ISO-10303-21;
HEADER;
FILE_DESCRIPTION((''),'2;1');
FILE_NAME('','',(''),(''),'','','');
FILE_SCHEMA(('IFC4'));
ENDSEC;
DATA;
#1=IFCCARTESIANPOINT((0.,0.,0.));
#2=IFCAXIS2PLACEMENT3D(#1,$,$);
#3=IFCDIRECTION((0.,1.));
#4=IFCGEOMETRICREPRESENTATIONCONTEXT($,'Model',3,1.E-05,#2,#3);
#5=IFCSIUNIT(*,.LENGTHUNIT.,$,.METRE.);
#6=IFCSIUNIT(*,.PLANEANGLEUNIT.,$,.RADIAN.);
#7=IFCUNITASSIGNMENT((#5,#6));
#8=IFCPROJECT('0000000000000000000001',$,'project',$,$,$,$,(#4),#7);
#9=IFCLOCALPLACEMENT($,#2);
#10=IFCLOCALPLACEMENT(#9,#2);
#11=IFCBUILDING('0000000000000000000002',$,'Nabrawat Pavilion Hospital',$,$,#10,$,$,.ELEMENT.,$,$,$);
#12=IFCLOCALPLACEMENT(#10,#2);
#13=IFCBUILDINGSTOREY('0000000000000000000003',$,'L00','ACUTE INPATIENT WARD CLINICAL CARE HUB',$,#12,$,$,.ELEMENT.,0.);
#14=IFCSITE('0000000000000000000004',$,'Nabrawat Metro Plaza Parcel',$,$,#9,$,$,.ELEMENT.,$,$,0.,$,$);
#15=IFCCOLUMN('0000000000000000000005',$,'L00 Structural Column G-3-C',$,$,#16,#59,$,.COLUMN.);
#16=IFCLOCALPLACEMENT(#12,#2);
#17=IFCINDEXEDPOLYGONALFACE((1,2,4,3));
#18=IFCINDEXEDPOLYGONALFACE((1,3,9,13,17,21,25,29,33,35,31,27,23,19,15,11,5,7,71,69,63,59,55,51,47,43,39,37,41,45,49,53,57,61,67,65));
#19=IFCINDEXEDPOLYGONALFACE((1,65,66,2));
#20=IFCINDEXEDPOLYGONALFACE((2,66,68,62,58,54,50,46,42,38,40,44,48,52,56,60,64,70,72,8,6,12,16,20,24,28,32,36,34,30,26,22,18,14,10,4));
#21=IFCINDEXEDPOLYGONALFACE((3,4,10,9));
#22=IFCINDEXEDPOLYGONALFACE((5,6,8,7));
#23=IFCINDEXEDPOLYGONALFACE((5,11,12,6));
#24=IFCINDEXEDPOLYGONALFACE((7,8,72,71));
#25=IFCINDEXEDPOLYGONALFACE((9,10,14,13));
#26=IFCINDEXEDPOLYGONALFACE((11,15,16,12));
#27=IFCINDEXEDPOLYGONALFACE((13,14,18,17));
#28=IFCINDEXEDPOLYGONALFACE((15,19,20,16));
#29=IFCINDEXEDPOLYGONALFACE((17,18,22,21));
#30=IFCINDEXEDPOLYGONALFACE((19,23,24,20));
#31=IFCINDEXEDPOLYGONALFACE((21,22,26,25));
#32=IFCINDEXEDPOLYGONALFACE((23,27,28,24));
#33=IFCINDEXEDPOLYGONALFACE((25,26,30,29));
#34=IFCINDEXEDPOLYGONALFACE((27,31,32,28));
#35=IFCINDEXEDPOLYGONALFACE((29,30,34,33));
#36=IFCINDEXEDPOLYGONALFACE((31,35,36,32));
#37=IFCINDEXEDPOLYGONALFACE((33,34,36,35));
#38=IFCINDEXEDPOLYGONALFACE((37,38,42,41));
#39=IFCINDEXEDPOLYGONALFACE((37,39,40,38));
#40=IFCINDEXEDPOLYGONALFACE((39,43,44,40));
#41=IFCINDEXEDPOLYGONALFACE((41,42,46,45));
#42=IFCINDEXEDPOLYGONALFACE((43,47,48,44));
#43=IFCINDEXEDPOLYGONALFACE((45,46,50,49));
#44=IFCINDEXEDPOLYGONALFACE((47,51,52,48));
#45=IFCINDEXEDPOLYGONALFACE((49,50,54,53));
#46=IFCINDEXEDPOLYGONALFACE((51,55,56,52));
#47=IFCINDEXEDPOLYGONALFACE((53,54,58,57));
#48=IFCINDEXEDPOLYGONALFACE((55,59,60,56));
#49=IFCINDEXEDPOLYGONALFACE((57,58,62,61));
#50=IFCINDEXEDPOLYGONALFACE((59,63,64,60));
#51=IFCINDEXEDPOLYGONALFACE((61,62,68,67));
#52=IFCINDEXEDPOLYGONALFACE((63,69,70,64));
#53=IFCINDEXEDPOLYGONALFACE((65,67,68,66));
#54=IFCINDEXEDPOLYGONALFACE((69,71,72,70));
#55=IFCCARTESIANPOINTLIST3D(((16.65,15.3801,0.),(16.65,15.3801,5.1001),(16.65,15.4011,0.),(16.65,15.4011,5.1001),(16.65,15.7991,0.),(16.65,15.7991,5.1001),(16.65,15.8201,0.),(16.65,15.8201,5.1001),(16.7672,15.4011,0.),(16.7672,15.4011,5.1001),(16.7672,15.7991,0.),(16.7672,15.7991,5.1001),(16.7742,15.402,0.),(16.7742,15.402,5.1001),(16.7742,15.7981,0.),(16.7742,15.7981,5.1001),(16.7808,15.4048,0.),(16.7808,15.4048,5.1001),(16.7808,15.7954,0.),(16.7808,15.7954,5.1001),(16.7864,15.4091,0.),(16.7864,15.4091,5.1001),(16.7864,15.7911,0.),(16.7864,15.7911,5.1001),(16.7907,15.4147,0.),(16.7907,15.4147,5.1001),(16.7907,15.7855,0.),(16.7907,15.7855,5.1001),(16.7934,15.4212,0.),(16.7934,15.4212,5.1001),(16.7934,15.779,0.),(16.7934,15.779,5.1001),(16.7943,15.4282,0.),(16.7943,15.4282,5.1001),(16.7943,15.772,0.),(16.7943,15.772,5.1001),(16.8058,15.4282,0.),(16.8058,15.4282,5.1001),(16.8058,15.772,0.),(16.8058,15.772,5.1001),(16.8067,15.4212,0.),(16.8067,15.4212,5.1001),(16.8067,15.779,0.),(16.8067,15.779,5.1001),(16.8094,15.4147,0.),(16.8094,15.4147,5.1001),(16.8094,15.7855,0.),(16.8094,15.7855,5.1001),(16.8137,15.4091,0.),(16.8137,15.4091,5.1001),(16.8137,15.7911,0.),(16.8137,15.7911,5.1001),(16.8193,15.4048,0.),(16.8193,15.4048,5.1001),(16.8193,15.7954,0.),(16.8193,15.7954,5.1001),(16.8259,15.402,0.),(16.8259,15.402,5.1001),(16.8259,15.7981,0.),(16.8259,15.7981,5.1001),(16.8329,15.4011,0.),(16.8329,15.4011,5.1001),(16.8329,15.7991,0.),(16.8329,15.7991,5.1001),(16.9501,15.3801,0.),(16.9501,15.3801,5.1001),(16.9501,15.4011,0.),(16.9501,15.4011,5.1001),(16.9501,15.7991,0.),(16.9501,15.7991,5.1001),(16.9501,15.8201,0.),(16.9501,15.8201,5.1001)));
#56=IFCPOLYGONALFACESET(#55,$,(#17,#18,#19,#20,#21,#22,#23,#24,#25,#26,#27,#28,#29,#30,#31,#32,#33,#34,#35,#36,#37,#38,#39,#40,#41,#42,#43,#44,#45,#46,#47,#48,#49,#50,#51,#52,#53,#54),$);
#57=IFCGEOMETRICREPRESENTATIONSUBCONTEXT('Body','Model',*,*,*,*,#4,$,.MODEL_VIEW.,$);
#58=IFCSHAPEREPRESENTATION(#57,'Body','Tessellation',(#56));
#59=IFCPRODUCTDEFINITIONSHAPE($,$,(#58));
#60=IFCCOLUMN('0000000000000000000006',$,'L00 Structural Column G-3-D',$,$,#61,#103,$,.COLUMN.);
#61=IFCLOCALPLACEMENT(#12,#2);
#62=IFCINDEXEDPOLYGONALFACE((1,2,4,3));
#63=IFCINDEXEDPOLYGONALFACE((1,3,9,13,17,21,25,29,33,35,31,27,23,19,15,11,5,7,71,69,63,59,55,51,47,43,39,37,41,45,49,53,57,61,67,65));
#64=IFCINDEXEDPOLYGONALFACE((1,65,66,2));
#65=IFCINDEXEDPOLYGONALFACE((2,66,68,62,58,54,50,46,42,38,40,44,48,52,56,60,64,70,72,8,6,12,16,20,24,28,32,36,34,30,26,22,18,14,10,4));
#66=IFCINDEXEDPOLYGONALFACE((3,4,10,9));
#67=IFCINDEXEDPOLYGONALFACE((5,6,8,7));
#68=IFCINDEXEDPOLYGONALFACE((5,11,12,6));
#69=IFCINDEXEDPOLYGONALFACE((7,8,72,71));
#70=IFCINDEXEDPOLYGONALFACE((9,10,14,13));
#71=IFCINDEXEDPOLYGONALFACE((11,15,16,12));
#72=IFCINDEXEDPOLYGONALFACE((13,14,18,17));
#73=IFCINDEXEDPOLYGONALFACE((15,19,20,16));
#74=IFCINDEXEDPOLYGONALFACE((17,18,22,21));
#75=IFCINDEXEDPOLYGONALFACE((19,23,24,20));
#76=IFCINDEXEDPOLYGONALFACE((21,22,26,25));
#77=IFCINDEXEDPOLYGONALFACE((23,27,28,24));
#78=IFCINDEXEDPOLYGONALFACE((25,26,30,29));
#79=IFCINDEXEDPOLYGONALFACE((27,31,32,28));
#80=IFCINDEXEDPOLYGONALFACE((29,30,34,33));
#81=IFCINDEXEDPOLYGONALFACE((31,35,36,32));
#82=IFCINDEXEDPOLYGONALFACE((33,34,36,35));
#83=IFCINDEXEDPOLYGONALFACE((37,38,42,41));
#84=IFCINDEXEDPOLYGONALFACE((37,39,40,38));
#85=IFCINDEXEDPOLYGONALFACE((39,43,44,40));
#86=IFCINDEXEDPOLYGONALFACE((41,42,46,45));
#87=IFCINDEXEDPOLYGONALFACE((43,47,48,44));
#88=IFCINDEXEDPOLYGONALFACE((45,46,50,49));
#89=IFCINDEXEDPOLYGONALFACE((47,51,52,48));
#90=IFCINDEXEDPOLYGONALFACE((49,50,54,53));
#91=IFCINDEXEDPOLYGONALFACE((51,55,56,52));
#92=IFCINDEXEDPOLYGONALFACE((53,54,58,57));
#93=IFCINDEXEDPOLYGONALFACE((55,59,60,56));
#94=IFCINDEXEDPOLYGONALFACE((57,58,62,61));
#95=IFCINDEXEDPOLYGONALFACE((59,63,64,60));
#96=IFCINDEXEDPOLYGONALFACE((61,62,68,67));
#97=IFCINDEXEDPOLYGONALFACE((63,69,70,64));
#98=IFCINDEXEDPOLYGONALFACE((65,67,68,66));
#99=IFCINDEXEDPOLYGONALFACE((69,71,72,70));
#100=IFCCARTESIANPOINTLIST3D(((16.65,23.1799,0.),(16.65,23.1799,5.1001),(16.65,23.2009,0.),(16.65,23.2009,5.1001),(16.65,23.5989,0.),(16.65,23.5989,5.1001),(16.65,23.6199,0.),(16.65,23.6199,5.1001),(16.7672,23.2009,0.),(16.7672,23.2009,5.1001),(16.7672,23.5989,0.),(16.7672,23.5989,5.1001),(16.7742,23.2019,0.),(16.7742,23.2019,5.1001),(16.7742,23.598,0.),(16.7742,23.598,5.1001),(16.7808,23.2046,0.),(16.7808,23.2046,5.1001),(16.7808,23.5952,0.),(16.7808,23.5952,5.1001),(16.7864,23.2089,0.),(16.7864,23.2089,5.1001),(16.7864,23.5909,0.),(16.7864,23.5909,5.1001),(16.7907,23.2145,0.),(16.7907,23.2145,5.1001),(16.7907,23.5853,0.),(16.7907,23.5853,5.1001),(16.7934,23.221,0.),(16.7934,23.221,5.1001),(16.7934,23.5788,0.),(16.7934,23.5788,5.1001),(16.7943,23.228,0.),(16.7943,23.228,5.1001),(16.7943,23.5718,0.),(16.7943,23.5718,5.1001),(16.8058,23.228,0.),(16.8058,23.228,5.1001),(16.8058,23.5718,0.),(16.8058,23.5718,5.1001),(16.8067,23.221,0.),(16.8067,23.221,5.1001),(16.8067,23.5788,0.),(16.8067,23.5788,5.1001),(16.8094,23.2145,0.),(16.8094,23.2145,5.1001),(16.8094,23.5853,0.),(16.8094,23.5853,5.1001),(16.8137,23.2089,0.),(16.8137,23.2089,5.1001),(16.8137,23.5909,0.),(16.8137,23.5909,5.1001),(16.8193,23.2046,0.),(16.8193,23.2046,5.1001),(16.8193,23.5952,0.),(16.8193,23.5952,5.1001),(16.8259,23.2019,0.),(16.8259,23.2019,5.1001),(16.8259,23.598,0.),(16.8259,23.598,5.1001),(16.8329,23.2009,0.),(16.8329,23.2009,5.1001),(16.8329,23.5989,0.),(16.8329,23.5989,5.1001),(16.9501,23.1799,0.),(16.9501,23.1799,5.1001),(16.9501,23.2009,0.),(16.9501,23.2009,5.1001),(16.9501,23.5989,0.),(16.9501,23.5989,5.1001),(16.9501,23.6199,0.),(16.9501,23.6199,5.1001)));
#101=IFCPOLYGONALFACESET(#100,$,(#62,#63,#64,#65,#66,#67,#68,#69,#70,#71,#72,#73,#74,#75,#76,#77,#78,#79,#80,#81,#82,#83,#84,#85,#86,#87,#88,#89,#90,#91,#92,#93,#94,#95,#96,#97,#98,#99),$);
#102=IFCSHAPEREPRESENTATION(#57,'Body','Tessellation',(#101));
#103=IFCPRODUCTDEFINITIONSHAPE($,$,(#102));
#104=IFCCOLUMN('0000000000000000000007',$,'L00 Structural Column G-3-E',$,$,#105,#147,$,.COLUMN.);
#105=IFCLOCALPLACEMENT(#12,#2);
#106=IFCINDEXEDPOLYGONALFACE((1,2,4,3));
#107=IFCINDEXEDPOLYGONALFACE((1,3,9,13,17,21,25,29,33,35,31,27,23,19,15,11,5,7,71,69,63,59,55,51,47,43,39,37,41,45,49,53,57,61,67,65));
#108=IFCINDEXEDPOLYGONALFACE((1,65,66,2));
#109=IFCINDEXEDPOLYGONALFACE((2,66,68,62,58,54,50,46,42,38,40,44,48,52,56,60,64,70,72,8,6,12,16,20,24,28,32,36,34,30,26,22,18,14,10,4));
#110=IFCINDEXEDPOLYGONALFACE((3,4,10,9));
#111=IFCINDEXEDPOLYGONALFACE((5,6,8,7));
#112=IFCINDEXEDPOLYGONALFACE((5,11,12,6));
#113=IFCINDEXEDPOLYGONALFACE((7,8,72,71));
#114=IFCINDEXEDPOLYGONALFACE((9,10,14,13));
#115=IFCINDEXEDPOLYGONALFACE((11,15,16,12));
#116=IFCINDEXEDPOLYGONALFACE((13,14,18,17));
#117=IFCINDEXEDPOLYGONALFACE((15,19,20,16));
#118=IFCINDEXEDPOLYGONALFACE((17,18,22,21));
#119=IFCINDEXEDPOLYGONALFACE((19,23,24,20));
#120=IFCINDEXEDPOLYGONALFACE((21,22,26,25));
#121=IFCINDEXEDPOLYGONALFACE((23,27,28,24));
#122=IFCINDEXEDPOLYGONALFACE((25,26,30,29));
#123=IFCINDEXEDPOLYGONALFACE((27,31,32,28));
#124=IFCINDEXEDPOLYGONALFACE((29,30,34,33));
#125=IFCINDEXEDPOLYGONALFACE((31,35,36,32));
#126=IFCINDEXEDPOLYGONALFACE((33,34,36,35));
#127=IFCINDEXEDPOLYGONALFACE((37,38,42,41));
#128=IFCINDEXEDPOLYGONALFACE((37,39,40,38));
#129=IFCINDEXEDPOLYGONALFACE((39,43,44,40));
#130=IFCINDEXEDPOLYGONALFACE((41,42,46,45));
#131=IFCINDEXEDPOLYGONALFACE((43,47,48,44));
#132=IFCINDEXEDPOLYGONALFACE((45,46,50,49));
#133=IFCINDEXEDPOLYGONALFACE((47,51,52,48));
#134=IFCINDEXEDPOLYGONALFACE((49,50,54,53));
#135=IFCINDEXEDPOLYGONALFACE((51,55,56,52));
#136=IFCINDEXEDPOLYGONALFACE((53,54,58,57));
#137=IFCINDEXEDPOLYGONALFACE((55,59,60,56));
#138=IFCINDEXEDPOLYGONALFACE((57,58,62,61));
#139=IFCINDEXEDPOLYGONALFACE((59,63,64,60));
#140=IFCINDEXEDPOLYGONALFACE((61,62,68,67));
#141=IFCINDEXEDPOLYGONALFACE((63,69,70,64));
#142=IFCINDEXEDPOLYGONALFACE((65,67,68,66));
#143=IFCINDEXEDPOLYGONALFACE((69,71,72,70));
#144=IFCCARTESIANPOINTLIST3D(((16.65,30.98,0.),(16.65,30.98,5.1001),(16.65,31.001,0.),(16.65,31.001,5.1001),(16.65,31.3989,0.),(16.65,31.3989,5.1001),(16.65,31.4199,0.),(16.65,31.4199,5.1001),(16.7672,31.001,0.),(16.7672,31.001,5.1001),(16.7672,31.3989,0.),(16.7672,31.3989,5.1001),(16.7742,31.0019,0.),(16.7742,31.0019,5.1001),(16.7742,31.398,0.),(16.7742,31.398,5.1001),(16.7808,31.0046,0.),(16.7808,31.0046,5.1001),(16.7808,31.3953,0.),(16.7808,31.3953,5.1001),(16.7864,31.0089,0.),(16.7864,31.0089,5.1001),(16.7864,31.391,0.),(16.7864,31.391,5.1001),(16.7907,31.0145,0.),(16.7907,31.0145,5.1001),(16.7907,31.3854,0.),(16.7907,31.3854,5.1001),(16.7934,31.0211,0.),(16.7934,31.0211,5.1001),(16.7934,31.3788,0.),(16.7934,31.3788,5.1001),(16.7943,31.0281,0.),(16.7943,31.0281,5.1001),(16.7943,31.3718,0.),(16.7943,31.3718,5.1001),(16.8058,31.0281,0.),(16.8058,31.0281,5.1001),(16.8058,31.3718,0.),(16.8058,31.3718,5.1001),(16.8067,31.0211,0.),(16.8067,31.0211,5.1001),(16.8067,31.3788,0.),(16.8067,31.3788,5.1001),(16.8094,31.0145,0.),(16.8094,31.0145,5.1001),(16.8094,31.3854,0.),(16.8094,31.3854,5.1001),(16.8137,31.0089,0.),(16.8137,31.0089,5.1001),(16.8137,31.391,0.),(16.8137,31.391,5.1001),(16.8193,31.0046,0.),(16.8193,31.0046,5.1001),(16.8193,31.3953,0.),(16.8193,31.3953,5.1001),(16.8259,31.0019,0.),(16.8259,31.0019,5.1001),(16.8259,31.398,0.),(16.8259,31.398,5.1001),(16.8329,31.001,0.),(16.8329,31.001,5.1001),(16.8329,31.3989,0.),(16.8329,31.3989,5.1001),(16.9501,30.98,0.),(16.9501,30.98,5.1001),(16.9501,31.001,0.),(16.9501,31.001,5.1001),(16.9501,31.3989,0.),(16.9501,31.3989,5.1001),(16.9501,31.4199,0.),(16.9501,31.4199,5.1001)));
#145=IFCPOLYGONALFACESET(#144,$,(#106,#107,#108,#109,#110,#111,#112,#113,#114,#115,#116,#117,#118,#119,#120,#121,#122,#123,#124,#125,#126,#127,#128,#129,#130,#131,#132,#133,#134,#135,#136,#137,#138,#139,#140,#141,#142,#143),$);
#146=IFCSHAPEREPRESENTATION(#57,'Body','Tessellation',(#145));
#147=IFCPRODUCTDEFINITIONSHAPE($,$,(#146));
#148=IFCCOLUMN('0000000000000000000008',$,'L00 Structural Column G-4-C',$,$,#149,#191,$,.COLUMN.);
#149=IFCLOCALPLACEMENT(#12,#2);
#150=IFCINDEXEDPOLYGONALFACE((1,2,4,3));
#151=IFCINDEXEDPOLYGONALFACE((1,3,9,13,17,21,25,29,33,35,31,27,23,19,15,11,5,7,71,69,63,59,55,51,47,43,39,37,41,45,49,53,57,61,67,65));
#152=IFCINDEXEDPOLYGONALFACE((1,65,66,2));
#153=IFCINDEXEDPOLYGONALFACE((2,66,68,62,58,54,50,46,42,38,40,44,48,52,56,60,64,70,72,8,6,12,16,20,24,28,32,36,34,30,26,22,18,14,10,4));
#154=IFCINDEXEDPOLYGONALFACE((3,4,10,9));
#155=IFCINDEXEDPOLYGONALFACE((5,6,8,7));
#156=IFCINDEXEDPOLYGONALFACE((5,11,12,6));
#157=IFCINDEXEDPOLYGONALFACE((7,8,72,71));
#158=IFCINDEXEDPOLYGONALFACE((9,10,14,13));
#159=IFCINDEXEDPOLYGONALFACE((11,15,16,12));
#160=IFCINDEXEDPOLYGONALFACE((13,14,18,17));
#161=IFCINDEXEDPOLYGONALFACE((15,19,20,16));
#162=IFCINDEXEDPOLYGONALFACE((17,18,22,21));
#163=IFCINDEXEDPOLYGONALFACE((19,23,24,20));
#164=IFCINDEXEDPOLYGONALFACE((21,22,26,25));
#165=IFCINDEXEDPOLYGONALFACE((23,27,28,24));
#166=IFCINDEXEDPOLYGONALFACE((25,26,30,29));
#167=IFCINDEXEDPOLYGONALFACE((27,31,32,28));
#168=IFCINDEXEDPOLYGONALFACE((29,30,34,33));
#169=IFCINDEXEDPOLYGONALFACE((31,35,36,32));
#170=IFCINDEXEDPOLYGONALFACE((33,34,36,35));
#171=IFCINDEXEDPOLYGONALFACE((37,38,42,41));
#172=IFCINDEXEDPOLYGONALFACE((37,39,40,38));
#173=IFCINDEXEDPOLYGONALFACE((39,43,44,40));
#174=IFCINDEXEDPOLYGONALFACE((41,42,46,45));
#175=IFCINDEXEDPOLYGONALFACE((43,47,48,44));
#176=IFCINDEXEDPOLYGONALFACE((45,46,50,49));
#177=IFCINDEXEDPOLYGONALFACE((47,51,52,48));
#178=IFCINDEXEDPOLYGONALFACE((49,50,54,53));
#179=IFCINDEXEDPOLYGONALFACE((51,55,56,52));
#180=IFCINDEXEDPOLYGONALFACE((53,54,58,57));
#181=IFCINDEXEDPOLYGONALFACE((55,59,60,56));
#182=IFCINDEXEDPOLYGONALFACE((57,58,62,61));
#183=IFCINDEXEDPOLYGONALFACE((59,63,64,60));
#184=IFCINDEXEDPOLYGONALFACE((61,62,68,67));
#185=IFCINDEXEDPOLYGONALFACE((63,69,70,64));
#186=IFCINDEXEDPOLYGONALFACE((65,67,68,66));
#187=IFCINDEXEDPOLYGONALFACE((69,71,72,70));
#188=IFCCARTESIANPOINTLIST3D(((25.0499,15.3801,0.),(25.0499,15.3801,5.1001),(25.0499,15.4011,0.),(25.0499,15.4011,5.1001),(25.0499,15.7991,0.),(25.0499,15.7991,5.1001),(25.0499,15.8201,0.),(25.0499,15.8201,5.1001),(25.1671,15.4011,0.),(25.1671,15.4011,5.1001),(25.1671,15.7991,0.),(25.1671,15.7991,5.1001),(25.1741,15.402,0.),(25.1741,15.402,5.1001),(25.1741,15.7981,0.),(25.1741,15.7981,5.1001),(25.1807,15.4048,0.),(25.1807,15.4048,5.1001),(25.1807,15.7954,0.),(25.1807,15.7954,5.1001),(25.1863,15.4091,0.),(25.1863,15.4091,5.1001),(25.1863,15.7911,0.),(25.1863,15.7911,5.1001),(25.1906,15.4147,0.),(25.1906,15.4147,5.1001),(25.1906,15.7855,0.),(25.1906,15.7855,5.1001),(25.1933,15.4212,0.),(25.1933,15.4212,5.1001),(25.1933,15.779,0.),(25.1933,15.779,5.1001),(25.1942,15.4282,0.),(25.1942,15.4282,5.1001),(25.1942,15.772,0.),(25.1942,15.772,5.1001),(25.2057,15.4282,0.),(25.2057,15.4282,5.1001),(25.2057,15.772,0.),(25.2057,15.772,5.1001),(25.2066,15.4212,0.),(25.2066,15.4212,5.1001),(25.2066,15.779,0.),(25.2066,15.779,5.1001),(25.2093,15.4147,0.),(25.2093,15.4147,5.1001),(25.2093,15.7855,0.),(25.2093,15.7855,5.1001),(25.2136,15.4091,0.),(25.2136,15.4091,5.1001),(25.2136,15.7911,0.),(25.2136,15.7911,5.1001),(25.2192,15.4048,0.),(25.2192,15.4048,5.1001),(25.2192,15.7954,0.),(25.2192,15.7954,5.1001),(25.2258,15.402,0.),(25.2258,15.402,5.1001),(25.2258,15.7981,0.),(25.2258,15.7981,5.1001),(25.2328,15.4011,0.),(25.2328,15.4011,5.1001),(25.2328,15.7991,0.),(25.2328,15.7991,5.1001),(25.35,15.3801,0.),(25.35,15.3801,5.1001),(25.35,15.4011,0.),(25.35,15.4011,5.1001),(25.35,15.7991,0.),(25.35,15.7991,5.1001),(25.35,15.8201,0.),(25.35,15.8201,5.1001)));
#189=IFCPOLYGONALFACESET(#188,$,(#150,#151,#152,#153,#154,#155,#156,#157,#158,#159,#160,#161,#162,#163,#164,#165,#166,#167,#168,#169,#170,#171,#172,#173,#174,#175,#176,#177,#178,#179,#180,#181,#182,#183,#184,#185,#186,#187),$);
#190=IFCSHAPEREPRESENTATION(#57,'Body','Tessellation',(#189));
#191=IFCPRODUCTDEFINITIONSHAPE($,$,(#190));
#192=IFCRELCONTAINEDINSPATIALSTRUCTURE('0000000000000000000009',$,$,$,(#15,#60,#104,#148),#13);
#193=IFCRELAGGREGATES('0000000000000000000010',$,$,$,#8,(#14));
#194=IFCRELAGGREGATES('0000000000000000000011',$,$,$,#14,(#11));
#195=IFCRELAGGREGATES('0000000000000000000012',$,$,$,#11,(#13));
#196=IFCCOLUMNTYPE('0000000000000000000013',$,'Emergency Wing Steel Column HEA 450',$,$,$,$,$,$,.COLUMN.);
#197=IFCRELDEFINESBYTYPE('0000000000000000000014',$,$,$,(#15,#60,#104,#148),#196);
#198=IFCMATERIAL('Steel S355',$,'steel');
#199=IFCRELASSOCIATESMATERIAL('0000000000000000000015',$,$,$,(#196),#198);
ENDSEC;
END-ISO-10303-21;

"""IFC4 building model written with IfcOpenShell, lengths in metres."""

from ifc_helpers import new_model, si_unit, direction, frame, origin, origin_2d, place, context, subcontext, project, spatial, i_section, extrude, material, material_profile, profile_set, type_object, element, save


model = new_model("IFC4")

# Units and contexts
model_context = context("Model", 3, precision=1e-05, world=origin(), true_north=direction((0.0, 1.0)))
body_context = subcontext(model_context, "Body", "Model", "MODEL_VIEW")
ifc_project = project(units=[si_unit("LENGTHUNIT", "METRE"), si_unit("PLANEANGLEUNIT", "RADIAN")], contexts=[model_context])

# Site, building, storey
site_placement = place(None, origin())
site = spatial("IfcSite", under=ifc_project, at=site_placement, Name="Nabrawat Metro Plaza Parcel", CompositionType="ELEMENT", RefElevation=0.0)
building_placement = place(site_placement, origin())
building = spatial("IfcBuilding", under=site, at=building_placement, Name="Nabrawat Pavilion Hospital", CompositionType="ELEMENT")
storey_placement = place(building_placement, origin())
storey = spatial("IfcBuildingStorey", under=building, at=storey_placement, Name="L00", Description="ACUTE INPATIENT WARD CLINICAL CARE HUB", CompositionType="ELEMENT", Elevation=0.0)

# Columns
ifc_material_1 = material(Name="Steel S355", Category="steel")
ifc_material_profile_1 = material_profile(ifc_material_1, i_section(OverallWidth=0.3, OverallDepth=0.4399, WebThickness=0.0115, FlangeThickness=0.021, FilletRadius=0.0271, at=origin_2d()), Name="HEA 450")
ifc_profile_set_1 = profile_set([ifc_material_profile_1], Name="Steel S355")
column_type = type_object("IfcColumnType", Name="Emergency Wing Steel Column HEA 450", PredefinedType="COLUMN", material=ifc_profile_set_1)
for number, where, z_axis, x_axis, name in (
    (1, (16.8, 15.6001, 0.0), (0.0, 0.0, 1.0), (1.0, 0.0, 0.0), "L00 Structural Column G-3-C"),
    (2, (16.8, 23.3999, 0.0), (0.0, 0.0, 1.0), (1.0, 0.0, 0.0), "L00 Structural Column G-3-D"),
    (3, (16.8, 31.2, 0.0), (0.0, 0.0, 1.0), (1.0, 0.0, 0.0), "L00 Structural Column G-3-E"),
    (4, (25.2, 15.6001, 0.0), (0.0, 0.0, 1.0), (1.0, 0.0, 0.0), "L00 Structural Column G-4-C"),
):
    element("IfcColumn", number, at=place(storey_placement, frame(where, z_axis=z_axis, x_axis=x_axis)), inside=storey, type_object=column_type, Name=name, PredefinedType="COLUMN", context=body_context, shape_type="SweptSolid", body=[
        extrude(i_section(OverallWidth=0.3, OverallDepth=0.4399, WebThickness=0.0115, FlangeThickness=0.021, FilletRadius=0.0271, at=origin_2d()), origin(), (0.0, 0.0, 1.0), 5.1001),
    ])

save(model, "model.ifc")
